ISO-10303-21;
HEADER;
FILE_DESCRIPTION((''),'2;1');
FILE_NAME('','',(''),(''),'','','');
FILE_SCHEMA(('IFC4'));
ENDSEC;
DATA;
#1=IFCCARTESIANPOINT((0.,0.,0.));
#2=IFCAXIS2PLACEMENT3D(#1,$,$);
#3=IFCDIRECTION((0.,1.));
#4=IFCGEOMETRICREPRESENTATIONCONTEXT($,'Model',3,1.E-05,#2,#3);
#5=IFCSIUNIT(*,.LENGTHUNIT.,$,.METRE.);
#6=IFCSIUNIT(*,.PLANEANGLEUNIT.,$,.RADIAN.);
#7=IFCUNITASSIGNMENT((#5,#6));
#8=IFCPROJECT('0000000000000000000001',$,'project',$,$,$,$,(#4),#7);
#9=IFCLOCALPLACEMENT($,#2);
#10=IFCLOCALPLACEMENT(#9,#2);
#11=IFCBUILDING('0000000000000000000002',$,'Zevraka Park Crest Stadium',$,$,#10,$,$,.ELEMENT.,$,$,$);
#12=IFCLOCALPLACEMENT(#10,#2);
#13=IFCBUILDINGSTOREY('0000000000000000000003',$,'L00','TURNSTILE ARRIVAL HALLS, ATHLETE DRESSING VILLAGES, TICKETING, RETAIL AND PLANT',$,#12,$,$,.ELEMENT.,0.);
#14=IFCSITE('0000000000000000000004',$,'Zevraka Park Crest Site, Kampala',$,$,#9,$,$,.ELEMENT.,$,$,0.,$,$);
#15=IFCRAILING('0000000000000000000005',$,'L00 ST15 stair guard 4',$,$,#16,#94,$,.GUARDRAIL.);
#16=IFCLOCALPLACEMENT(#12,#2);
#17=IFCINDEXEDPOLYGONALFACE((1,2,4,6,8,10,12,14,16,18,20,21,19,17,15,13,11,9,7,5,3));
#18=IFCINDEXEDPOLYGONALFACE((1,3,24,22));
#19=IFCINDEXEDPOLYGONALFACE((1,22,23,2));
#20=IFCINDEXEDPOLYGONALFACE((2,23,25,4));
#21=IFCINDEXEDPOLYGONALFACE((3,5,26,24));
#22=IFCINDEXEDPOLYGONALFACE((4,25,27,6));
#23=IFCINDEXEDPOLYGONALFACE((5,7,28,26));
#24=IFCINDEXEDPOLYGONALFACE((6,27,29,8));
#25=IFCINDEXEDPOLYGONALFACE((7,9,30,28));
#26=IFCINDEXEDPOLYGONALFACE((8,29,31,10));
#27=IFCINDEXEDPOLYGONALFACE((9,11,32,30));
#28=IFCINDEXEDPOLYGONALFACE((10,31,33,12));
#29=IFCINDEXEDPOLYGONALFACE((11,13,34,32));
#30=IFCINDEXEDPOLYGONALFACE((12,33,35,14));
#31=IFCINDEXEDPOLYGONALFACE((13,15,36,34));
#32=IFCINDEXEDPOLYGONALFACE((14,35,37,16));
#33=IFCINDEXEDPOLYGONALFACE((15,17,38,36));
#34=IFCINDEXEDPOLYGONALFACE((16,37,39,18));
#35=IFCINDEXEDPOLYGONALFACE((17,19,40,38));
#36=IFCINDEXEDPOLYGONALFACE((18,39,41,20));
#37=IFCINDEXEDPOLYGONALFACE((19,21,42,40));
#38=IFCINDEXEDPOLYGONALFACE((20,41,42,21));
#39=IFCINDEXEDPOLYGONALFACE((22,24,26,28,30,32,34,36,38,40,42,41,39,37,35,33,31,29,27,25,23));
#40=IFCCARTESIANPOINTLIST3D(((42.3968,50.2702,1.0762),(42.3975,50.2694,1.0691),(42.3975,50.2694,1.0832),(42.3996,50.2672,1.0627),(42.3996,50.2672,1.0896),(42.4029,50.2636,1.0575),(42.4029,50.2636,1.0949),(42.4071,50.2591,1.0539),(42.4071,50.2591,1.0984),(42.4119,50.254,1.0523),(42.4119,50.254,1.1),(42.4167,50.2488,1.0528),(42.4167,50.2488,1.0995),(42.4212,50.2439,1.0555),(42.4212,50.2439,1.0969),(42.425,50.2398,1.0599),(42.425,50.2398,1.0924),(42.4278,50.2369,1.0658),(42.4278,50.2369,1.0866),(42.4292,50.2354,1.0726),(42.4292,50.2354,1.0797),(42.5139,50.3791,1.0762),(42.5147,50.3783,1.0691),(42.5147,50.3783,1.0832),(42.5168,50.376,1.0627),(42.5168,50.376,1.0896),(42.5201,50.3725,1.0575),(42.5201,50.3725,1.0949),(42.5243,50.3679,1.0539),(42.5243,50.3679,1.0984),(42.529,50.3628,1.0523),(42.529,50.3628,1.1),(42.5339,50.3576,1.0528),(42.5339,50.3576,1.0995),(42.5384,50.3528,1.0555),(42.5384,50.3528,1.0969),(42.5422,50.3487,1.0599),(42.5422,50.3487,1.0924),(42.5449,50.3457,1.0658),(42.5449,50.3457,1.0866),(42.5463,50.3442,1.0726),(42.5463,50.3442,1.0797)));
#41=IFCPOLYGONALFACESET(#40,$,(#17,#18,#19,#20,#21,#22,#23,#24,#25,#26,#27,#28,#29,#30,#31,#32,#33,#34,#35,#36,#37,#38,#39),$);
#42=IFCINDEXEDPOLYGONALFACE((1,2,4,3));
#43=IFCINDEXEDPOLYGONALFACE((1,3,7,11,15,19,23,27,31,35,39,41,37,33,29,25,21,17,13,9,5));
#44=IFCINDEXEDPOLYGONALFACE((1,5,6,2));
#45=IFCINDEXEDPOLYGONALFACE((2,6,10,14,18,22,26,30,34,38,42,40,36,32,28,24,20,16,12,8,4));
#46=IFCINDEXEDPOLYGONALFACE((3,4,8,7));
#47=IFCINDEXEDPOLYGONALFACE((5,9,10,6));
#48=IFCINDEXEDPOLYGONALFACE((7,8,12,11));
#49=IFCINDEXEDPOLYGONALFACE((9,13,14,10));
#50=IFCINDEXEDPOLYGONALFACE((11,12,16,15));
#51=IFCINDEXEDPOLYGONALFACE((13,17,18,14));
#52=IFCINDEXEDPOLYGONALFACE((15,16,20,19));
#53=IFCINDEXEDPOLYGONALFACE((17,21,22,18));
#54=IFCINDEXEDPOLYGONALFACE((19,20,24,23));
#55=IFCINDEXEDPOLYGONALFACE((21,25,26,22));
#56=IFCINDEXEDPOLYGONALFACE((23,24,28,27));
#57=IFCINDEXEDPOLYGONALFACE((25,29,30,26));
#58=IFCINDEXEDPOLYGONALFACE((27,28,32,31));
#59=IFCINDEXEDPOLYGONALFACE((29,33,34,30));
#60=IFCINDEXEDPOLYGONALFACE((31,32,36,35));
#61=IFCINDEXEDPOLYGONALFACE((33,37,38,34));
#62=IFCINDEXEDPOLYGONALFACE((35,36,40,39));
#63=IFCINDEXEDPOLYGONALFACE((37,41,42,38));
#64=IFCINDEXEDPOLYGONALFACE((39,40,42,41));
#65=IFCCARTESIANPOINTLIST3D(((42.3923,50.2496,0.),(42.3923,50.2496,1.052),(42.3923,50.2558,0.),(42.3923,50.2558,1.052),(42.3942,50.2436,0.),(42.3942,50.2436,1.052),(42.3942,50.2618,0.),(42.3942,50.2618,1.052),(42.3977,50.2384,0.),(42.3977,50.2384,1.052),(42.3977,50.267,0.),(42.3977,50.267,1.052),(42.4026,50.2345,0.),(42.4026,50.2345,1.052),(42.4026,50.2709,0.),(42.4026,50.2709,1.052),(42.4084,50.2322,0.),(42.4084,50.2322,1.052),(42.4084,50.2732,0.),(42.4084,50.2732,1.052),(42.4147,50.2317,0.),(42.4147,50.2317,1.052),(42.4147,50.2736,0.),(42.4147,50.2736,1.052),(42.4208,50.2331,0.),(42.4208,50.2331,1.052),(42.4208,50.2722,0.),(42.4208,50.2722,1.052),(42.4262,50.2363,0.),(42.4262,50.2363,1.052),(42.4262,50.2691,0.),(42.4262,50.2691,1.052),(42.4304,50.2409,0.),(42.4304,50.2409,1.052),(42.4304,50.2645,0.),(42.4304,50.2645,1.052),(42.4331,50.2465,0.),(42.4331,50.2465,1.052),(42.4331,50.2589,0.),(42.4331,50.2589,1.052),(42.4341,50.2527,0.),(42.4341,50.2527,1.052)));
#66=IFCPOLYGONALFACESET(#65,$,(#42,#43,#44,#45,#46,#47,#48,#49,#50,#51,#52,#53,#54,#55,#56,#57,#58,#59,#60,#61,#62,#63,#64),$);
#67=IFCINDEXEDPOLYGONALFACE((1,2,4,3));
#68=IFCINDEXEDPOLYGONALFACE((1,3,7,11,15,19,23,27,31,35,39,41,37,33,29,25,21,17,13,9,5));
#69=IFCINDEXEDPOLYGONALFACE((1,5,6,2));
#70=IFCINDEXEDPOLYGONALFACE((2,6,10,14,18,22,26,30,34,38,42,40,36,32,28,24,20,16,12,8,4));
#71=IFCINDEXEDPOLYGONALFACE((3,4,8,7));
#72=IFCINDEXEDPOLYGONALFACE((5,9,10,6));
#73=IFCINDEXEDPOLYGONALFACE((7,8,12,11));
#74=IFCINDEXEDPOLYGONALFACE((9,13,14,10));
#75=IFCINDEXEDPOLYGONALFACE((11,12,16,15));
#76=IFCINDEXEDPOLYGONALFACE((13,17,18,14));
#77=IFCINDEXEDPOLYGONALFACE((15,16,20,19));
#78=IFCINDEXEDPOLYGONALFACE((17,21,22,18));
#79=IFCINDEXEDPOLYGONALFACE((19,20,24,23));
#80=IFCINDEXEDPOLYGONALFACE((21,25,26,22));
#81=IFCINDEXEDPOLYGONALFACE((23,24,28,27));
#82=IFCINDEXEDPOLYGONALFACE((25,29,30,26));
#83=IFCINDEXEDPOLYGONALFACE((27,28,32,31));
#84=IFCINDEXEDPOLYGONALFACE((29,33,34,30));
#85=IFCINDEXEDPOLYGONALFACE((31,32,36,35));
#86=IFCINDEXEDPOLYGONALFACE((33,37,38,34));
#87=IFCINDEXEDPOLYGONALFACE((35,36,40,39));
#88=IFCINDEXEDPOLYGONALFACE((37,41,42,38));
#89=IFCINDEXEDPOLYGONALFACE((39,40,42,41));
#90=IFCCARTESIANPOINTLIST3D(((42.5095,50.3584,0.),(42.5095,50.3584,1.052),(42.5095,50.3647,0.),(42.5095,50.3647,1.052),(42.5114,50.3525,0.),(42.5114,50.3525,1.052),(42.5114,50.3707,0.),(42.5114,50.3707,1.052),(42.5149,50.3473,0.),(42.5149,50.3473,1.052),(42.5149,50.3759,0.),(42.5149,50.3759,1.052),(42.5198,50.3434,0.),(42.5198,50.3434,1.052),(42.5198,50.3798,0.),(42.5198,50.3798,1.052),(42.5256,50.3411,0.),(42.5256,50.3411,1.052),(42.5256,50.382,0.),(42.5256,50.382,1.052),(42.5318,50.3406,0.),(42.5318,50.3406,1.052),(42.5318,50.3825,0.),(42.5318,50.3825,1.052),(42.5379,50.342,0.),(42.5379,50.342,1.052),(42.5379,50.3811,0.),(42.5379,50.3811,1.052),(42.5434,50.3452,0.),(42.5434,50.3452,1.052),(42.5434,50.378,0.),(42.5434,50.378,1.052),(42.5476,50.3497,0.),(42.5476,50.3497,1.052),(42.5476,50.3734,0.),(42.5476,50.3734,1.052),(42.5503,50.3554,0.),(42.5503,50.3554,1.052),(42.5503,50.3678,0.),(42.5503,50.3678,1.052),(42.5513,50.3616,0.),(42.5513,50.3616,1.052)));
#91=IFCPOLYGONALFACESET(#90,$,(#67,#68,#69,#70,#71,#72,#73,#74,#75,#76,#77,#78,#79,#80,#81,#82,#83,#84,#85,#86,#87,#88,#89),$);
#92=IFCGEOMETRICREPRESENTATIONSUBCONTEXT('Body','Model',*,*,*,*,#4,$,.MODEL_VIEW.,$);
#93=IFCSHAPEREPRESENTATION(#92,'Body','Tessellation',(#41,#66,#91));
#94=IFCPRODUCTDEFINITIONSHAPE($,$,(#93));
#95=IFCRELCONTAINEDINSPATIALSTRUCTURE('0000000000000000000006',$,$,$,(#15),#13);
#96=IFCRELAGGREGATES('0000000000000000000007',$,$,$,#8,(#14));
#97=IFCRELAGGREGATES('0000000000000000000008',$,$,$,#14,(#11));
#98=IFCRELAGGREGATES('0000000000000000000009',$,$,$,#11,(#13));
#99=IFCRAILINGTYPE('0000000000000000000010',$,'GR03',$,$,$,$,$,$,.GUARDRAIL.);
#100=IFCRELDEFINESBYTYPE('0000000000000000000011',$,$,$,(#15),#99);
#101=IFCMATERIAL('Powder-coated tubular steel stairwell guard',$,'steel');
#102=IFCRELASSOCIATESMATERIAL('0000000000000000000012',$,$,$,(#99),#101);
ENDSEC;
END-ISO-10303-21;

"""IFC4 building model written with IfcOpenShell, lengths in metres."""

from ifc_helpers import new_model, si_unit, direction, frame, origin, origin_2d, place, context, subcontext, project, spatial, circle, extrude, material, type_object, element, save


model = new_model("IFC4")

# Units and contexts
model_context = context("Model", 3, precision=1e-05, world=origin(), true_north=direction((0.0, 1.0)))
body_context = subcontext(model_context, "Body", "Model", "MODEL_VIEW")
ifc_project = project(units=[si_unit("LENGTHUNIT", "METRE"), si_unit("PLANEANGLEUNIT", "RADIAN")], contexts=[model_context])

# Site, building, storey
site_placement = place(None, origin())
site = spatial("IfcSite", under=ifc_project, at=site_placement, Name="Zevraka Park Crest Site, Kampala", CompositionType="ELEMENT", RefElevation=0.0)
building_placement = place(site_placement, origin())
building = spatial("IfcBuilding", under=site, at=building_placement, Name="Zevraka Park Crest Stadium", CompositionType="ELEMENT")
storey_placement = place(building_placement, origin())
storey = spatial("IfcBuildingStorey", under=building, at=storey_placement, Name="L00", Description="TURNSTILE ARRIVAL HALLS, ATHLETE DRESSING VILLAGES, TICKETING, RETAIL AND PLANT", CompositionType="ELEMENT", Elevation=0.0)

# Railing
ifc_material_1 = material(Name="Powder-coated tubular steel stairwell guard", Category="steel")
railing_type_1 = type_object("IfcRailingType", Name="GR03", PredefinedType="GUARDRAIL", material=ifc_material_1)
railing_1_placement = place(storey_placement, frame((42.4131, 50.2527, 0.0)))
element("IfcRailing", 1, at=railing_1_placement, inside=storey, type_object=railing_type_1, Name="L00 ST15 stair guard 4", PredefinedType="GUARDRAIL", context=body_context, shape_type="SweptSolid", body=[
    extrude(circle(Radius=0.0239, at=origin_2d()), frame((0.0, 0.0, 1.0762), z_axis=(0.732576, 0.680685, 0.0), x_axis=(-0.680685, 0.732576, 0.0)), (0.0, 0.0, 1.0), 0.1599),
    extrude(circle(Radius=0.021, at=origin_2d()), origin(), (0.0, 0.0, 1.0), 1.052),
    extrude(circle(Radius=0.021, at=origin_2d()), frame((0.1172, 0.1089, 0.0)), (0.0, 0.0, 1.0), 1.052),
])

save(model, "model.ifc")
